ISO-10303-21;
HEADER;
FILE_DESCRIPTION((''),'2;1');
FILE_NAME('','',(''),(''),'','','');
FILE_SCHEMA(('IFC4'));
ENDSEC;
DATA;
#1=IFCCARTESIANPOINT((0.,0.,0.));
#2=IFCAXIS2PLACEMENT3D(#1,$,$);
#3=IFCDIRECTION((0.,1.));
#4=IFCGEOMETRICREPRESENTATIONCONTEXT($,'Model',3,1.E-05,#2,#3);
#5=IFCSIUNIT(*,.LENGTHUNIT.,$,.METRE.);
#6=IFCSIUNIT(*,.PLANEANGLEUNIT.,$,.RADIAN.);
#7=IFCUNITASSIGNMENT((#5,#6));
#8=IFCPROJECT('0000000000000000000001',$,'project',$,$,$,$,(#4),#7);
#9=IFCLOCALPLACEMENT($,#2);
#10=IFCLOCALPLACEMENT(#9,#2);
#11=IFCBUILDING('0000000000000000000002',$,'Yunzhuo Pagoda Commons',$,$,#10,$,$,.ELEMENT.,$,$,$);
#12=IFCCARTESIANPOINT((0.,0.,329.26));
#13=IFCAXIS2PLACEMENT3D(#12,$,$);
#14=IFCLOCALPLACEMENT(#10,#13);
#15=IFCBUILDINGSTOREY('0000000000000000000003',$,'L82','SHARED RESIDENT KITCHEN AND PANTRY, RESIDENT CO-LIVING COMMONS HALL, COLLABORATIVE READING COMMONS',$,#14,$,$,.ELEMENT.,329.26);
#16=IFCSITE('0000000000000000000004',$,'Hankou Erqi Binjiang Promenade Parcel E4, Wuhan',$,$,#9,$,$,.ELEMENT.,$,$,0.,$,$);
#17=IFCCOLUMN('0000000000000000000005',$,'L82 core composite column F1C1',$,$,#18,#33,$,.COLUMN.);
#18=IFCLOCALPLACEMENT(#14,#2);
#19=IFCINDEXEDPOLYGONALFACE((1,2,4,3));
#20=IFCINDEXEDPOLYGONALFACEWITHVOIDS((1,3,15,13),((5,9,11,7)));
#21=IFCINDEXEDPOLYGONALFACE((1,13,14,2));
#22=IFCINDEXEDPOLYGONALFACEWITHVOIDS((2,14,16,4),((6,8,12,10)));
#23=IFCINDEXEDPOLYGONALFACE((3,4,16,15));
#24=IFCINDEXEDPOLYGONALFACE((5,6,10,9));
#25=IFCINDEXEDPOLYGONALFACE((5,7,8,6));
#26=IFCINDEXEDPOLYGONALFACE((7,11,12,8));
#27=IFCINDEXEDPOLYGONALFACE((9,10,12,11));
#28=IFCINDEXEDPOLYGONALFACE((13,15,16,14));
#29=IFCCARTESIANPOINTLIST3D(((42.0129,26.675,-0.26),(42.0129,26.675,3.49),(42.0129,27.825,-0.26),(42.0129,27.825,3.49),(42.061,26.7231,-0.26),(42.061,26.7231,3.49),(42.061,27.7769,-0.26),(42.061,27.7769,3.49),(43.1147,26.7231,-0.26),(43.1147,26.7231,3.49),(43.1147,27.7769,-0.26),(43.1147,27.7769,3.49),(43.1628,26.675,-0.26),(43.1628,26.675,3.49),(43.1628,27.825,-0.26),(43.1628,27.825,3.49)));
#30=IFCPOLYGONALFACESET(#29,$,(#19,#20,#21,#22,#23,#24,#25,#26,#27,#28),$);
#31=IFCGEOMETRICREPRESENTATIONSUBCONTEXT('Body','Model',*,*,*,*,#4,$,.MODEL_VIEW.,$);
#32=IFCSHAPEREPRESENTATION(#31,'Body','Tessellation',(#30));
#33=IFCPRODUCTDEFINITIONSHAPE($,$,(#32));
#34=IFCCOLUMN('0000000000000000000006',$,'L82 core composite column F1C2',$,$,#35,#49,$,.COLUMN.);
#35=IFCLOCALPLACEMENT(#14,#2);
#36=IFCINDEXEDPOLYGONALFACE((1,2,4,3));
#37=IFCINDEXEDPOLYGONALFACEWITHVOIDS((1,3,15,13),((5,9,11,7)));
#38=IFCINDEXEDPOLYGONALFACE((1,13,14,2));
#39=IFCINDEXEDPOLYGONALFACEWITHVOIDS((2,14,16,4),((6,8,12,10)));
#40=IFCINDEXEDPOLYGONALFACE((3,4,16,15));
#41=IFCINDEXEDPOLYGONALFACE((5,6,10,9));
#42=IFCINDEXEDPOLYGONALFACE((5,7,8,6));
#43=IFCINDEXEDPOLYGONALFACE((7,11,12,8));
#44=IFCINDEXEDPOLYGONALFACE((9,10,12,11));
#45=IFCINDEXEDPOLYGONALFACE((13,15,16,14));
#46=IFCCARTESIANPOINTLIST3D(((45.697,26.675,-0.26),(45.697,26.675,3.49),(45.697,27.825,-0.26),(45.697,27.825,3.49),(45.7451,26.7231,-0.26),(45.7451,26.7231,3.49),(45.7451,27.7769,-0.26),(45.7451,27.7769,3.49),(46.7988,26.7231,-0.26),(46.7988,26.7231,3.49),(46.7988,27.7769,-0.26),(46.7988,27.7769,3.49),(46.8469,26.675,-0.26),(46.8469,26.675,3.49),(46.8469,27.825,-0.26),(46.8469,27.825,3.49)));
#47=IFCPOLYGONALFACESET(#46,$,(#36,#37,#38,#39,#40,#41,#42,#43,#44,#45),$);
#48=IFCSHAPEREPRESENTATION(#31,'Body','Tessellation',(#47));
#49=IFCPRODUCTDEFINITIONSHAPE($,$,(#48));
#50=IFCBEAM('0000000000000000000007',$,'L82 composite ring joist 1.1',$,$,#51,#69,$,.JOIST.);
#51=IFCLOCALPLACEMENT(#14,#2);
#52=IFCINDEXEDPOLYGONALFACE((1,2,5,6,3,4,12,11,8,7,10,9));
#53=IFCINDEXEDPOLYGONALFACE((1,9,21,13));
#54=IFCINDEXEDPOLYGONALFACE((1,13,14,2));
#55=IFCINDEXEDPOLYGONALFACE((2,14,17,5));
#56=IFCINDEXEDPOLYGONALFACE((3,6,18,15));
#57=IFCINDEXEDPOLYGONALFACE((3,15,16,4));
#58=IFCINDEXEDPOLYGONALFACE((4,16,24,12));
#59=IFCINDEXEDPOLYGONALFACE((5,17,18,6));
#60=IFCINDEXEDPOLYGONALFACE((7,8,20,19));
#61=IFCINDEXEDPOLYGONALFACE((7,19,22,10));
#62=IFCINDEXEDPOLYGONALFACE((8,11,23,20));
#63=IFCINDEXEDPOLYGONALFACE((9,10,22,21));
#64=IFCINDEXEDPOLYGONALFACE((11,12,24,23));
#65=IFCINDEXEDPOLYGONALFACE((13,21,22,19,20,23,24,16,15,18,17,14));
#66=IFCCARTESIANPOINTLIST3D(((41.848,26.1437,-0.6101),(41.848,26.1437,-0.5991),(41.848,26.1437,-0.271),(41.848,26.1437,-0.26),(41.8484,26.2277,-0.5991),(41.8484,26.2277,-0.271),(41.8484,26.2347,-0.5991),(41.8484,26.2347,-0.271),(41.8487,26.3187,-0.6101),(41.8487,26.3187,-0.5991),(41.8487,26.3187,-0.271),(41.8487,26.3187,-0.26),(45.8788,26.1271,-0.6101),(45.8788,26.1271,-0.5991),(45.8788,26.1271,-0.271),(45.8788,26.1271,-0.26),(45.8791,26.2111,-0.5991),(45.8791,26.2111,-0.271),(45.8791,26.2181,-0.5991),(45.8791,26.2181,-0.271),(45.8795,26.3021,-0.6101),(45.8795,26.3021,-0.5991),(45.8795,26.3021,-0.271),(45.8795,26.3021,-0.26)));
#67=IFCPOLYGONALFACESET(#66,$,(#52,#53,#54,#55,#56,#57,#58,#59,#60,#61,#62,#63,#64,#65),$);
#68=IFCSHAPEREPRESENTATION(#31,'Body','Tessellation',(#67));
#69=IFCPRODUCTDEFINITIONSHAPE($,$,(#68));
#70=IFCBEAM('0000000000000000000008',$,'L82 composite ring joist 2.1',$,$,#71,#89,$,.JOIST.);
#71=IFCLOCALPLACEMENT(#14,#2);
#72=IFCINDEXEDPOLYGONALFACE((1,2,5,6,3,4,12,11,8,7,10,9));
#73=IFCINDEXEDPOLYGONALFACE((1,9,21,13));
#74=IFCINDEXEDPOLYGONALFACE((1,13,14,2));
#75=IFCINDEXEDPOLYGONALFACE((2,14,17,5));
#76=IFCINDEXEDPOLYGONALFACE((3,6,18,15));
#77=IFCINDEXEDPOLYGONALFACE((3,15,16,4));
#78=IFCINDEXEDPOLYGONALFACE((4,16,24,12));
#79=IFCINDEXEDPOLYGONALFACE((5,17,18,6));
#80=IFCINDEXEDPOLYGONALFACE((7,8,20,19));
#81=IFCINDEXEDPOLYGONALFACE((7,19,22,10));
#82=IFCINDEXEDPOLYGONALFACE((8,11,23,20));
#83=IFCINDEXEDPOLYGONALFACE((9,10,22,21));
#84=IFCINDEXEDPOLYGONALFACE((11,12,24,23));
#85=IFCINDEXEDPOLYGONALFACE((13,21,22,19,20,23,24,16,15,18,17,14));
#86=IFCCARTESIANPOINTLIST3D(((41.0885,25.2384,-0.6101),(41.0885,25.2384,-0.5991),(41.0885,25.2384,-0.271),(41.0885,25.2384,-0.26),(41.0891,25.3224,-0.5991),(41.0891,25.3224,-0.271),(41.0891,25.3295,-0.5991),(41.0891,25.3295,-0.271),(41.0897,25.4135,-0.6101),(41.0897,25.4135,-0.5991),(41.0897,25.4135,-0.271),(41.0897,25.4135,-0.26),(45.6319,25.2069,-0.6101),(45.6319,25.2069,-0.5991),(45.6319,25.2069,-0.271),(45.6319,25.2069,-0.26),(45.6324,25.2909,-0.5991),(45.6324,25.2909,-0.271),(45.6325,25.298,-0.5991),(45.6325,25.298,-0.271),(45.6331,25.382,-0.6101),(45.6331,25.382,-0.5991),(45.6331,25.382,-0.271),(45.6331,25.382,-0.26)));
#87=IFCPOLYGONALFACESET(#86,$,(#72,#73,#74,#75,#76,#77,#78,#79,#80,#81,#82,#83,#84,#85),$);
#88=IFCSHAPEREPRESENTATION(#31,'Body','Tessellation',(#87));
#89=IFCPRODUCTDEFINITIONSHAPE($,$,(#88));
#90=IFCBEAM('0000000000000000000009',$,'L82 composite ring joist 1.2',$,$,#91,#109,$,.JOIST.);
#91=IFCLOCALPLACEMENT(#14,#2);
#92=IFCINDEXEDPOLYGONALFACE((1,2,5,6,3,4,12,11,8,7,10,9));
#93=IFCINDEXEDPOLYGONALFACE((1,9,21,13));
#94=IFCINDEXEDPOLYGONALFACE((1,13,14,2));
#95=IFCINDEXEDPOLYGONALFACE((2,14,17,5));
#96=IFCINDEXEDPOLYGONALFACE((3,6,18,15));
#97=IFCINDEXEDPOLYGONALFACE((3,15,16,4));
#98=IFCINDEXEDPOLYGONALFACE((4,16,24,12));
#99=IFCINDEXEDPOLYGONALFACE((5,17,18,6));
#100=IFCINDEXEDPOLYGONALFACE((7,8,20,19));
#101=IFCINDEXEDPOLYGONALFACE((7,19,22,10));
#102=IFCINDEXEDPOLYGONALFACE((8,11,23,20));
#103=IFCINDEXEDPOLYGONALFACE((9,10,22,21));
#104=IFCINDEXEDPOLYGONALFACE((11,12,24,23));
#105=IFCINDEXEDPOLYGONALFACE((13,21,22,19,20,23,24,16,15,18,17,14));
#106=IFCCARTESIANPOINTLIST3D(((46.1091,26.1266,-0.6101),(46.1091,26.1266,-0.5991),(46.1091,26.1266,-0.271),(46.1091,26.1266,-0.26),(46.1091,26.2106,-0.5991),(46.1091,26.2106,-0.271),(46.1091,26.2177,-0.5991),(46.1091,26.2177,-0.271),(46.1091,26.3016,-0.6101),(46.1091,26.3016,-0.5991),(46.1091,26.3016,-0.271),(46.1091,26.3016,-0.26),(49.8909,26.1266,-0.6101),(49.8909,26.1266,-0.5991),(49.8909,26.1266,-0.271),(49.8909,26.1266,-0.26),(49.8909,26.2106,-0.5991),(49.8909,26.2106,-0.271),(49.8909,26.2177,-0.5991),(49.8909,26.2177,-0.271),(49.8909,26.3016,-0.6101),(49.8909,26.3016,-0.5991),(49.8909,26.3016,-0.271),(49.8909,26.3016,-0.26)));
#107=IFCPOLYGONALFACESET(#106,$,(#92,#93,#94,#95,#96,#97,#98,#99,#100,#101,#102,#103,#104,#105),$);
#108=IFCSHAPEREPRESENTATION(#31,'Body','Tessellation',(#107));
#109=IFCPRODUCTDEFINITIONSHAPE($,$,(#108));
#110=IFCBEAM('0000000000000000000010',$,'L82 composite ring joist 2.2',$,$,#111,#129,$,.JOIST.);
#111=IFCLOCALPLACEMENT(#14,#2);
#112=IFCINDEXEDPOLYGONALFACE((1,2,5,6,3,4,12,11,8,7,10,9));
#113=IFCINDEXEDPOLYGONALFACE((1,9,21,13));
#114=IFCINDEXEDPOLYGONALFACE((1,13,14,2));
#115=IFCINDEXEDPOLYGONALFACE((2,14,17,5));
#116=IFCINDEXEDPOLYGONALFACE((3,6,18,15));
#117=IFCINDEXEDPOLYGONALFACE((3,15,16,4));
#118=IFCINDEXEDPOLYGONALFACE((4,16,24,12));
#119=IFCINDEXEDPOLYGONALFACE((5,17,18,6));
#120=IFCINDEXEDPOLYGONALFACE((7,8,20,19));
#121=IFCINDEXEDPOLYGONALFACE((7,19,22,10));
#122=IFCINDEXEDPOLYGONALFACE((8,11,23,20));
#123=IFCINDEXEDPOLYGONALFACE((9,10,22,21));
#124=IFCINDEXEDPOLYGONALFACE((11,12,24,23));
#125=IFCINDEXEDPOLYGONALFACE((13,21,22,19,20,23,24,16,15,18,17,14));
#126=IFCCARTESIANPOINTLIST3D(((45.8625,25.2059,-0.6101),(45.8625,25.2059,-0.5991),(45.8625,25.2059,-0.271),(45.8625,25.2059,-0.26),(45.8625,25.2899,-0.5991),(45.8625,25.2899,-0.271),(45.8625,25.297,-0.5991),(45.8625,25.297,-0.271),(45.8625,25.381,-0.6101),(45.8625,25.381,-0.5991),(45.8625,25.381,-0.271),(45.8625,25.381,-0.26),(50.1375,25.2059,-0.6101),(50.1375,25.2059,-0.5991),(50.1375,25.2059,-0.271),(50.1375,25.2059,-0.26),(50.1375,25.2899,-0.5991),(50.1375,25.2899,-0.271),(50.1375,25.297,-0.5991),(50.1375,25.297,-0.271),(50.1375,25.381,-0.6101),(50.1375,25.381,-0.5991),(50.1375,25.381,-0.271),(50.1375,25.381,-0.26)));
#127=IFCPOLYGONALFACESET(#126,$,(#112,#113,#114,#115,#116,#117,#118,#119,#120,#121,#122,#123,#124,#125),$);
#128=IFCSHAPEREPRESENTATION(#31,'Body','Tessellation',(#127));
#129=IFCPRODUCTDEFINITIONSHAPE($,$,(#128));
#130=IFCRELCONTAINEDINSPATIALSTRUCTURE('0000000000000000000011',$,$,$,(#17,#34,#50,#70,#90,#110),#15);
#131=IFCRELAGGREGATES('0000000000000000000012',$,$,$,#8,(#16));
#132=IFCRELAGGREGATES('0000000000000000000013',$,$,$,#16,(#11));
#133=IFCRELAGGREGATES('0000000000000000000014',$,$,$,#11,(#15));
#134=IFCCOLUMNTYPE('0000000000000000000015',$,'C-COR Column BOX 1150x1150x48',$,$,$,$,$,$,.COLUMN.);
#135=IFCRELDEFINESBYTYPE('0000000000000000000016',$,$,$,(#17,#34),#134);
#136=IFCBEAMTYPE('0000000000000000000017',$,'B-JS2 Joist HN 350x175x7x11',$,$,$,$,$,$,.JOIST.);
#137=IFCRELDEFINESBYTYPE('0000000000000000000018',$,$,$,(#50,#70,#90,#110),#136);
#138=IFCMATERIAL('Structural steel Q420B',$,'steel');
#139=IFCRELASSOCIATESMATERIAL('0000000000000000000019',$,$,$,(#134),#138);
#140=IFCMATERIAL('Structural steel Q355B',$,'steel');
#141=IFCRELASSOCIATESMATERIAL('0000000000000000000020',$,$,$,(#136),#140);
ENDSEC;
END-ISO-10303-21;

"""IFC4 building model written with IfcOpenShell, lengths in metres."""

from ifc_helpers import new_model, si_unit, direction, frame, origin, origin_2d, place, context, subcontext, project, spatial, hollow_rectangle, i_section, extrude, source, transform, mapped, material, material_profile, profile_set, type_object, element, save


model = new_model("IFC4")

# Units and contexts
model_context = context("Model", 3, precision=1e-05, world=origin(), true_north=direction((0.0, 1.0)))
body_context = subcontext(model_context, "Body", "Model", "MODEL_VIEW")
ifc_project = project(units=[si_unit("LENGTHUNIT", "METRE"), si_unit("PLANEANGLEUNIT", "RADIAN")], contexts=[model_context])

# Site, building, storey
site_placement = place(None, origin())
site = spatial("IfcSite", under=ifc_project, at=site_placement, Name="Hankou Erqi Binjiang Promenade Parcel E4, Wuhan", CompositionType="ELEMENT", RefElevation=0.0)
building_placement = place(site_placement, origin())
building = spatial("IfcBuilding", under=site, at=building_placement, Name="Yunzhuo Pagoda Commons", CompositionType="ELEMENT")
storey_placement = place(building_placement, frame((0.0, 0.0, 329.26)))
storey = spatial("IfcBuildingStorey", under=building, at=storey_placement, Name="L82", Description="SHARED RESIDENT KITCHEN AND PANTRY, RESIDENT CO-LIVING COMMONS HALL, COLLABORATIVE READING COMMONS", CompositionType="ELEMENT", Elevation=329.26)

# Columns
ifc_material_1 = material(Name="Structural steel Q420B", Category="steel")
ifc_material_profile_1 = material_profile(ifc_material_1, hollow_rectangle(XDim=1.1499, YDim=1.1499, WallThickness=0.0481, at=origin_2d()), Name="Structural steel Q420B")
ifc_profile_set_1 = profile_set([ifc_material_profile_1], Name="Structural steel Q420B")
column_type = type_object("IfcColumnType", Name="C-COR Column BOX 1150x1150x48", PredefinedType="COLUMN", material=ifc_profile_set_1)
shared_shape_1 = source(origin(), body_context, "Body", "SweptSolid", [
    extrude(hollow_rectangle(XDim=1.1499, YDim=1.1499, WallThickness=0.0481, at=origin_2d()), origin(), (0.0, 0.0, 1.0), 3.75),
])
for number, where, z_axis, x_axis, name in (
    (1, (42.5879, 27.25, -0.26), (0.0, 0.0, 1.0), (1.0, 0.0, 0.0), "L82 core composite column F1C1"),
    (2, (46.272, 27.25, -0.26), (0.0, 0.0, 1.0), (1.0, 0.0, 0.0), "L82 core composite column F1C2"),
):
    element("IfcColumn", number, at=place(storey_placement, frame(where, z_axis=z_axis, x_axis=x_axis)), inside=storey, type_object=column_type, Name=name, PredefinedType="COLUMN", context=body_context, shape_type="MappedRepresentation", body=[
        mapped(shared_shape_1, transform((0.0, 0.0, 0.0), scale=1.0)),
    ])

# Beams
ifc_material_2 = material(Name="Structural steel Q355B", Category="steel")
ifc_material_profile_2 = material_profile(ifc_material_2, i_section(OverallWidth=0.175, OverallDepth=0.3501, WebThickness=0.0071, FlangeThickness=0.011, at=origin_2d()), Name="Structural steel Q355B")
ifc_profile_set_2 = profile_set([ifc_material_profile_2], Name="Structural steel Q355B")
beam_type = type_object("IfcBeamType", Name="B-JS2 Joist HN 350x175x7x11", PredefinedType="JOIST", material=ifc_profile_set_2)
shared_shape_2 = source(origin(), body_context, "Body", "SweptSolid", [
    extrude(i_section(OverallWidth=0.175, OverallDepth=0.3501, WebThickness=0.0071, FlangeThickness=0.011, at=origin_2d()), origin(), (0.0, 0.0, 1.0), 4.0308),
])
beam_1_placement = place(storey_placement, frame((41.8484, 26.2312, -0.4351), z_axis=(0.999992, -0.004119, 0.0), x_axis=(0.004119, 0.999992, 0.0)))
element("IfcBeam", 3, at=beam_1_placement, inside=storey, type_object=beam_type, Name="L82 composite ring joist 1.1", PredefinedType="JOIST", context=body_context, shape_type="MappedRepresentation", body=[
    mapped(shared_shape_2, transform((0.0, 0.0, 0.0), scale=1.0)),
])
shared_shape_3 = source(origin(), body_context, "Body", "SweptSolid", [
    extrude(i_section(OverallWidth=0.175, OverallDepth=0.3501, WebThickness=0.0071, FlangeThickness=0.011, at=origin_2d()), origin(), (0.0, 0.0, 1.0), 4.5435),
])
beam_2_placement = place(storey_placement, frame((41.0891, 25.3259, -0.4351), z_axis=(0.999976, -0.006932, 0.0), x_axis=(0.006932, 0.999976, 0.0)))
element("IfcBeam", 4, at=beam_2_placement, inside=storey, type_object=beam_type, Name="L82 composite ring joist 2.1", PredefinedType="JOIST", context=body_context, shape_type="MappedRepresentation", body=[
    mapped(shared_shape_3, transform((0.0, 0.0, 0.0), scale=1.0)),
])
shared_shape_4 = source(origin(), body_context, "Body", "SweptSolid", [
    extrude(i_section(OverallWidth=0.175, OverallDepth=0.3501, WebThickness=0.0071, FlangeThickness=0.011, at=origin_2d()), origin(), (0.0, 0.0, 1.0), 3.7817),
])
beam_3_placement = place(storey_placement, frame((46.1091, 26.2141, -0.4351), z_axis=(1.0, 0.0, 0.0), x_axis=(0.0, 1.0, 0.0)))
element("IfcBeam", 5, at=beam_3_placement, inside=storey, type_object=beam_type, Name="L82 composite ring joist 1.2", PredefinedType="JOIST", context=body_context, shape_type="MappedRepresentation", body=[
    mapped(shared_shape_4, transform((0.0, 0.0, 0.0), scale=1.0)),
])
shared_shape_5 = source(origin(), body_context, "Body", "SweptSolid", [
    extrude(i_section(OverallWidth=0.175, OverallDepth=0.3501, WebThickness=0.0071, FlangeThickness=0.011, at=origin_2d()), origin(), (0.0, 0.0, 1.0), 4.2749),
])
beam_4_placement = place(storey_placement, frame((45.8625, 25.2935, -0.4351), z_axis=(1.0, 0.0, 0.0), x_axis=(0.0, 1.0, 0.0)))
element("IfcBeam", 6, at=beam_4_placement, inside=storey, type_object=beam_type, Name="L82 composite ring joist 2.2", PredefinedType="JOIST", context=body_context, shape_type="MappedRepresentation", body=[
    mapped(shared_shape_5, transform((0.0, 0.0, 0.0), scale=1.0)),
])

save(model, "model.ifc")
